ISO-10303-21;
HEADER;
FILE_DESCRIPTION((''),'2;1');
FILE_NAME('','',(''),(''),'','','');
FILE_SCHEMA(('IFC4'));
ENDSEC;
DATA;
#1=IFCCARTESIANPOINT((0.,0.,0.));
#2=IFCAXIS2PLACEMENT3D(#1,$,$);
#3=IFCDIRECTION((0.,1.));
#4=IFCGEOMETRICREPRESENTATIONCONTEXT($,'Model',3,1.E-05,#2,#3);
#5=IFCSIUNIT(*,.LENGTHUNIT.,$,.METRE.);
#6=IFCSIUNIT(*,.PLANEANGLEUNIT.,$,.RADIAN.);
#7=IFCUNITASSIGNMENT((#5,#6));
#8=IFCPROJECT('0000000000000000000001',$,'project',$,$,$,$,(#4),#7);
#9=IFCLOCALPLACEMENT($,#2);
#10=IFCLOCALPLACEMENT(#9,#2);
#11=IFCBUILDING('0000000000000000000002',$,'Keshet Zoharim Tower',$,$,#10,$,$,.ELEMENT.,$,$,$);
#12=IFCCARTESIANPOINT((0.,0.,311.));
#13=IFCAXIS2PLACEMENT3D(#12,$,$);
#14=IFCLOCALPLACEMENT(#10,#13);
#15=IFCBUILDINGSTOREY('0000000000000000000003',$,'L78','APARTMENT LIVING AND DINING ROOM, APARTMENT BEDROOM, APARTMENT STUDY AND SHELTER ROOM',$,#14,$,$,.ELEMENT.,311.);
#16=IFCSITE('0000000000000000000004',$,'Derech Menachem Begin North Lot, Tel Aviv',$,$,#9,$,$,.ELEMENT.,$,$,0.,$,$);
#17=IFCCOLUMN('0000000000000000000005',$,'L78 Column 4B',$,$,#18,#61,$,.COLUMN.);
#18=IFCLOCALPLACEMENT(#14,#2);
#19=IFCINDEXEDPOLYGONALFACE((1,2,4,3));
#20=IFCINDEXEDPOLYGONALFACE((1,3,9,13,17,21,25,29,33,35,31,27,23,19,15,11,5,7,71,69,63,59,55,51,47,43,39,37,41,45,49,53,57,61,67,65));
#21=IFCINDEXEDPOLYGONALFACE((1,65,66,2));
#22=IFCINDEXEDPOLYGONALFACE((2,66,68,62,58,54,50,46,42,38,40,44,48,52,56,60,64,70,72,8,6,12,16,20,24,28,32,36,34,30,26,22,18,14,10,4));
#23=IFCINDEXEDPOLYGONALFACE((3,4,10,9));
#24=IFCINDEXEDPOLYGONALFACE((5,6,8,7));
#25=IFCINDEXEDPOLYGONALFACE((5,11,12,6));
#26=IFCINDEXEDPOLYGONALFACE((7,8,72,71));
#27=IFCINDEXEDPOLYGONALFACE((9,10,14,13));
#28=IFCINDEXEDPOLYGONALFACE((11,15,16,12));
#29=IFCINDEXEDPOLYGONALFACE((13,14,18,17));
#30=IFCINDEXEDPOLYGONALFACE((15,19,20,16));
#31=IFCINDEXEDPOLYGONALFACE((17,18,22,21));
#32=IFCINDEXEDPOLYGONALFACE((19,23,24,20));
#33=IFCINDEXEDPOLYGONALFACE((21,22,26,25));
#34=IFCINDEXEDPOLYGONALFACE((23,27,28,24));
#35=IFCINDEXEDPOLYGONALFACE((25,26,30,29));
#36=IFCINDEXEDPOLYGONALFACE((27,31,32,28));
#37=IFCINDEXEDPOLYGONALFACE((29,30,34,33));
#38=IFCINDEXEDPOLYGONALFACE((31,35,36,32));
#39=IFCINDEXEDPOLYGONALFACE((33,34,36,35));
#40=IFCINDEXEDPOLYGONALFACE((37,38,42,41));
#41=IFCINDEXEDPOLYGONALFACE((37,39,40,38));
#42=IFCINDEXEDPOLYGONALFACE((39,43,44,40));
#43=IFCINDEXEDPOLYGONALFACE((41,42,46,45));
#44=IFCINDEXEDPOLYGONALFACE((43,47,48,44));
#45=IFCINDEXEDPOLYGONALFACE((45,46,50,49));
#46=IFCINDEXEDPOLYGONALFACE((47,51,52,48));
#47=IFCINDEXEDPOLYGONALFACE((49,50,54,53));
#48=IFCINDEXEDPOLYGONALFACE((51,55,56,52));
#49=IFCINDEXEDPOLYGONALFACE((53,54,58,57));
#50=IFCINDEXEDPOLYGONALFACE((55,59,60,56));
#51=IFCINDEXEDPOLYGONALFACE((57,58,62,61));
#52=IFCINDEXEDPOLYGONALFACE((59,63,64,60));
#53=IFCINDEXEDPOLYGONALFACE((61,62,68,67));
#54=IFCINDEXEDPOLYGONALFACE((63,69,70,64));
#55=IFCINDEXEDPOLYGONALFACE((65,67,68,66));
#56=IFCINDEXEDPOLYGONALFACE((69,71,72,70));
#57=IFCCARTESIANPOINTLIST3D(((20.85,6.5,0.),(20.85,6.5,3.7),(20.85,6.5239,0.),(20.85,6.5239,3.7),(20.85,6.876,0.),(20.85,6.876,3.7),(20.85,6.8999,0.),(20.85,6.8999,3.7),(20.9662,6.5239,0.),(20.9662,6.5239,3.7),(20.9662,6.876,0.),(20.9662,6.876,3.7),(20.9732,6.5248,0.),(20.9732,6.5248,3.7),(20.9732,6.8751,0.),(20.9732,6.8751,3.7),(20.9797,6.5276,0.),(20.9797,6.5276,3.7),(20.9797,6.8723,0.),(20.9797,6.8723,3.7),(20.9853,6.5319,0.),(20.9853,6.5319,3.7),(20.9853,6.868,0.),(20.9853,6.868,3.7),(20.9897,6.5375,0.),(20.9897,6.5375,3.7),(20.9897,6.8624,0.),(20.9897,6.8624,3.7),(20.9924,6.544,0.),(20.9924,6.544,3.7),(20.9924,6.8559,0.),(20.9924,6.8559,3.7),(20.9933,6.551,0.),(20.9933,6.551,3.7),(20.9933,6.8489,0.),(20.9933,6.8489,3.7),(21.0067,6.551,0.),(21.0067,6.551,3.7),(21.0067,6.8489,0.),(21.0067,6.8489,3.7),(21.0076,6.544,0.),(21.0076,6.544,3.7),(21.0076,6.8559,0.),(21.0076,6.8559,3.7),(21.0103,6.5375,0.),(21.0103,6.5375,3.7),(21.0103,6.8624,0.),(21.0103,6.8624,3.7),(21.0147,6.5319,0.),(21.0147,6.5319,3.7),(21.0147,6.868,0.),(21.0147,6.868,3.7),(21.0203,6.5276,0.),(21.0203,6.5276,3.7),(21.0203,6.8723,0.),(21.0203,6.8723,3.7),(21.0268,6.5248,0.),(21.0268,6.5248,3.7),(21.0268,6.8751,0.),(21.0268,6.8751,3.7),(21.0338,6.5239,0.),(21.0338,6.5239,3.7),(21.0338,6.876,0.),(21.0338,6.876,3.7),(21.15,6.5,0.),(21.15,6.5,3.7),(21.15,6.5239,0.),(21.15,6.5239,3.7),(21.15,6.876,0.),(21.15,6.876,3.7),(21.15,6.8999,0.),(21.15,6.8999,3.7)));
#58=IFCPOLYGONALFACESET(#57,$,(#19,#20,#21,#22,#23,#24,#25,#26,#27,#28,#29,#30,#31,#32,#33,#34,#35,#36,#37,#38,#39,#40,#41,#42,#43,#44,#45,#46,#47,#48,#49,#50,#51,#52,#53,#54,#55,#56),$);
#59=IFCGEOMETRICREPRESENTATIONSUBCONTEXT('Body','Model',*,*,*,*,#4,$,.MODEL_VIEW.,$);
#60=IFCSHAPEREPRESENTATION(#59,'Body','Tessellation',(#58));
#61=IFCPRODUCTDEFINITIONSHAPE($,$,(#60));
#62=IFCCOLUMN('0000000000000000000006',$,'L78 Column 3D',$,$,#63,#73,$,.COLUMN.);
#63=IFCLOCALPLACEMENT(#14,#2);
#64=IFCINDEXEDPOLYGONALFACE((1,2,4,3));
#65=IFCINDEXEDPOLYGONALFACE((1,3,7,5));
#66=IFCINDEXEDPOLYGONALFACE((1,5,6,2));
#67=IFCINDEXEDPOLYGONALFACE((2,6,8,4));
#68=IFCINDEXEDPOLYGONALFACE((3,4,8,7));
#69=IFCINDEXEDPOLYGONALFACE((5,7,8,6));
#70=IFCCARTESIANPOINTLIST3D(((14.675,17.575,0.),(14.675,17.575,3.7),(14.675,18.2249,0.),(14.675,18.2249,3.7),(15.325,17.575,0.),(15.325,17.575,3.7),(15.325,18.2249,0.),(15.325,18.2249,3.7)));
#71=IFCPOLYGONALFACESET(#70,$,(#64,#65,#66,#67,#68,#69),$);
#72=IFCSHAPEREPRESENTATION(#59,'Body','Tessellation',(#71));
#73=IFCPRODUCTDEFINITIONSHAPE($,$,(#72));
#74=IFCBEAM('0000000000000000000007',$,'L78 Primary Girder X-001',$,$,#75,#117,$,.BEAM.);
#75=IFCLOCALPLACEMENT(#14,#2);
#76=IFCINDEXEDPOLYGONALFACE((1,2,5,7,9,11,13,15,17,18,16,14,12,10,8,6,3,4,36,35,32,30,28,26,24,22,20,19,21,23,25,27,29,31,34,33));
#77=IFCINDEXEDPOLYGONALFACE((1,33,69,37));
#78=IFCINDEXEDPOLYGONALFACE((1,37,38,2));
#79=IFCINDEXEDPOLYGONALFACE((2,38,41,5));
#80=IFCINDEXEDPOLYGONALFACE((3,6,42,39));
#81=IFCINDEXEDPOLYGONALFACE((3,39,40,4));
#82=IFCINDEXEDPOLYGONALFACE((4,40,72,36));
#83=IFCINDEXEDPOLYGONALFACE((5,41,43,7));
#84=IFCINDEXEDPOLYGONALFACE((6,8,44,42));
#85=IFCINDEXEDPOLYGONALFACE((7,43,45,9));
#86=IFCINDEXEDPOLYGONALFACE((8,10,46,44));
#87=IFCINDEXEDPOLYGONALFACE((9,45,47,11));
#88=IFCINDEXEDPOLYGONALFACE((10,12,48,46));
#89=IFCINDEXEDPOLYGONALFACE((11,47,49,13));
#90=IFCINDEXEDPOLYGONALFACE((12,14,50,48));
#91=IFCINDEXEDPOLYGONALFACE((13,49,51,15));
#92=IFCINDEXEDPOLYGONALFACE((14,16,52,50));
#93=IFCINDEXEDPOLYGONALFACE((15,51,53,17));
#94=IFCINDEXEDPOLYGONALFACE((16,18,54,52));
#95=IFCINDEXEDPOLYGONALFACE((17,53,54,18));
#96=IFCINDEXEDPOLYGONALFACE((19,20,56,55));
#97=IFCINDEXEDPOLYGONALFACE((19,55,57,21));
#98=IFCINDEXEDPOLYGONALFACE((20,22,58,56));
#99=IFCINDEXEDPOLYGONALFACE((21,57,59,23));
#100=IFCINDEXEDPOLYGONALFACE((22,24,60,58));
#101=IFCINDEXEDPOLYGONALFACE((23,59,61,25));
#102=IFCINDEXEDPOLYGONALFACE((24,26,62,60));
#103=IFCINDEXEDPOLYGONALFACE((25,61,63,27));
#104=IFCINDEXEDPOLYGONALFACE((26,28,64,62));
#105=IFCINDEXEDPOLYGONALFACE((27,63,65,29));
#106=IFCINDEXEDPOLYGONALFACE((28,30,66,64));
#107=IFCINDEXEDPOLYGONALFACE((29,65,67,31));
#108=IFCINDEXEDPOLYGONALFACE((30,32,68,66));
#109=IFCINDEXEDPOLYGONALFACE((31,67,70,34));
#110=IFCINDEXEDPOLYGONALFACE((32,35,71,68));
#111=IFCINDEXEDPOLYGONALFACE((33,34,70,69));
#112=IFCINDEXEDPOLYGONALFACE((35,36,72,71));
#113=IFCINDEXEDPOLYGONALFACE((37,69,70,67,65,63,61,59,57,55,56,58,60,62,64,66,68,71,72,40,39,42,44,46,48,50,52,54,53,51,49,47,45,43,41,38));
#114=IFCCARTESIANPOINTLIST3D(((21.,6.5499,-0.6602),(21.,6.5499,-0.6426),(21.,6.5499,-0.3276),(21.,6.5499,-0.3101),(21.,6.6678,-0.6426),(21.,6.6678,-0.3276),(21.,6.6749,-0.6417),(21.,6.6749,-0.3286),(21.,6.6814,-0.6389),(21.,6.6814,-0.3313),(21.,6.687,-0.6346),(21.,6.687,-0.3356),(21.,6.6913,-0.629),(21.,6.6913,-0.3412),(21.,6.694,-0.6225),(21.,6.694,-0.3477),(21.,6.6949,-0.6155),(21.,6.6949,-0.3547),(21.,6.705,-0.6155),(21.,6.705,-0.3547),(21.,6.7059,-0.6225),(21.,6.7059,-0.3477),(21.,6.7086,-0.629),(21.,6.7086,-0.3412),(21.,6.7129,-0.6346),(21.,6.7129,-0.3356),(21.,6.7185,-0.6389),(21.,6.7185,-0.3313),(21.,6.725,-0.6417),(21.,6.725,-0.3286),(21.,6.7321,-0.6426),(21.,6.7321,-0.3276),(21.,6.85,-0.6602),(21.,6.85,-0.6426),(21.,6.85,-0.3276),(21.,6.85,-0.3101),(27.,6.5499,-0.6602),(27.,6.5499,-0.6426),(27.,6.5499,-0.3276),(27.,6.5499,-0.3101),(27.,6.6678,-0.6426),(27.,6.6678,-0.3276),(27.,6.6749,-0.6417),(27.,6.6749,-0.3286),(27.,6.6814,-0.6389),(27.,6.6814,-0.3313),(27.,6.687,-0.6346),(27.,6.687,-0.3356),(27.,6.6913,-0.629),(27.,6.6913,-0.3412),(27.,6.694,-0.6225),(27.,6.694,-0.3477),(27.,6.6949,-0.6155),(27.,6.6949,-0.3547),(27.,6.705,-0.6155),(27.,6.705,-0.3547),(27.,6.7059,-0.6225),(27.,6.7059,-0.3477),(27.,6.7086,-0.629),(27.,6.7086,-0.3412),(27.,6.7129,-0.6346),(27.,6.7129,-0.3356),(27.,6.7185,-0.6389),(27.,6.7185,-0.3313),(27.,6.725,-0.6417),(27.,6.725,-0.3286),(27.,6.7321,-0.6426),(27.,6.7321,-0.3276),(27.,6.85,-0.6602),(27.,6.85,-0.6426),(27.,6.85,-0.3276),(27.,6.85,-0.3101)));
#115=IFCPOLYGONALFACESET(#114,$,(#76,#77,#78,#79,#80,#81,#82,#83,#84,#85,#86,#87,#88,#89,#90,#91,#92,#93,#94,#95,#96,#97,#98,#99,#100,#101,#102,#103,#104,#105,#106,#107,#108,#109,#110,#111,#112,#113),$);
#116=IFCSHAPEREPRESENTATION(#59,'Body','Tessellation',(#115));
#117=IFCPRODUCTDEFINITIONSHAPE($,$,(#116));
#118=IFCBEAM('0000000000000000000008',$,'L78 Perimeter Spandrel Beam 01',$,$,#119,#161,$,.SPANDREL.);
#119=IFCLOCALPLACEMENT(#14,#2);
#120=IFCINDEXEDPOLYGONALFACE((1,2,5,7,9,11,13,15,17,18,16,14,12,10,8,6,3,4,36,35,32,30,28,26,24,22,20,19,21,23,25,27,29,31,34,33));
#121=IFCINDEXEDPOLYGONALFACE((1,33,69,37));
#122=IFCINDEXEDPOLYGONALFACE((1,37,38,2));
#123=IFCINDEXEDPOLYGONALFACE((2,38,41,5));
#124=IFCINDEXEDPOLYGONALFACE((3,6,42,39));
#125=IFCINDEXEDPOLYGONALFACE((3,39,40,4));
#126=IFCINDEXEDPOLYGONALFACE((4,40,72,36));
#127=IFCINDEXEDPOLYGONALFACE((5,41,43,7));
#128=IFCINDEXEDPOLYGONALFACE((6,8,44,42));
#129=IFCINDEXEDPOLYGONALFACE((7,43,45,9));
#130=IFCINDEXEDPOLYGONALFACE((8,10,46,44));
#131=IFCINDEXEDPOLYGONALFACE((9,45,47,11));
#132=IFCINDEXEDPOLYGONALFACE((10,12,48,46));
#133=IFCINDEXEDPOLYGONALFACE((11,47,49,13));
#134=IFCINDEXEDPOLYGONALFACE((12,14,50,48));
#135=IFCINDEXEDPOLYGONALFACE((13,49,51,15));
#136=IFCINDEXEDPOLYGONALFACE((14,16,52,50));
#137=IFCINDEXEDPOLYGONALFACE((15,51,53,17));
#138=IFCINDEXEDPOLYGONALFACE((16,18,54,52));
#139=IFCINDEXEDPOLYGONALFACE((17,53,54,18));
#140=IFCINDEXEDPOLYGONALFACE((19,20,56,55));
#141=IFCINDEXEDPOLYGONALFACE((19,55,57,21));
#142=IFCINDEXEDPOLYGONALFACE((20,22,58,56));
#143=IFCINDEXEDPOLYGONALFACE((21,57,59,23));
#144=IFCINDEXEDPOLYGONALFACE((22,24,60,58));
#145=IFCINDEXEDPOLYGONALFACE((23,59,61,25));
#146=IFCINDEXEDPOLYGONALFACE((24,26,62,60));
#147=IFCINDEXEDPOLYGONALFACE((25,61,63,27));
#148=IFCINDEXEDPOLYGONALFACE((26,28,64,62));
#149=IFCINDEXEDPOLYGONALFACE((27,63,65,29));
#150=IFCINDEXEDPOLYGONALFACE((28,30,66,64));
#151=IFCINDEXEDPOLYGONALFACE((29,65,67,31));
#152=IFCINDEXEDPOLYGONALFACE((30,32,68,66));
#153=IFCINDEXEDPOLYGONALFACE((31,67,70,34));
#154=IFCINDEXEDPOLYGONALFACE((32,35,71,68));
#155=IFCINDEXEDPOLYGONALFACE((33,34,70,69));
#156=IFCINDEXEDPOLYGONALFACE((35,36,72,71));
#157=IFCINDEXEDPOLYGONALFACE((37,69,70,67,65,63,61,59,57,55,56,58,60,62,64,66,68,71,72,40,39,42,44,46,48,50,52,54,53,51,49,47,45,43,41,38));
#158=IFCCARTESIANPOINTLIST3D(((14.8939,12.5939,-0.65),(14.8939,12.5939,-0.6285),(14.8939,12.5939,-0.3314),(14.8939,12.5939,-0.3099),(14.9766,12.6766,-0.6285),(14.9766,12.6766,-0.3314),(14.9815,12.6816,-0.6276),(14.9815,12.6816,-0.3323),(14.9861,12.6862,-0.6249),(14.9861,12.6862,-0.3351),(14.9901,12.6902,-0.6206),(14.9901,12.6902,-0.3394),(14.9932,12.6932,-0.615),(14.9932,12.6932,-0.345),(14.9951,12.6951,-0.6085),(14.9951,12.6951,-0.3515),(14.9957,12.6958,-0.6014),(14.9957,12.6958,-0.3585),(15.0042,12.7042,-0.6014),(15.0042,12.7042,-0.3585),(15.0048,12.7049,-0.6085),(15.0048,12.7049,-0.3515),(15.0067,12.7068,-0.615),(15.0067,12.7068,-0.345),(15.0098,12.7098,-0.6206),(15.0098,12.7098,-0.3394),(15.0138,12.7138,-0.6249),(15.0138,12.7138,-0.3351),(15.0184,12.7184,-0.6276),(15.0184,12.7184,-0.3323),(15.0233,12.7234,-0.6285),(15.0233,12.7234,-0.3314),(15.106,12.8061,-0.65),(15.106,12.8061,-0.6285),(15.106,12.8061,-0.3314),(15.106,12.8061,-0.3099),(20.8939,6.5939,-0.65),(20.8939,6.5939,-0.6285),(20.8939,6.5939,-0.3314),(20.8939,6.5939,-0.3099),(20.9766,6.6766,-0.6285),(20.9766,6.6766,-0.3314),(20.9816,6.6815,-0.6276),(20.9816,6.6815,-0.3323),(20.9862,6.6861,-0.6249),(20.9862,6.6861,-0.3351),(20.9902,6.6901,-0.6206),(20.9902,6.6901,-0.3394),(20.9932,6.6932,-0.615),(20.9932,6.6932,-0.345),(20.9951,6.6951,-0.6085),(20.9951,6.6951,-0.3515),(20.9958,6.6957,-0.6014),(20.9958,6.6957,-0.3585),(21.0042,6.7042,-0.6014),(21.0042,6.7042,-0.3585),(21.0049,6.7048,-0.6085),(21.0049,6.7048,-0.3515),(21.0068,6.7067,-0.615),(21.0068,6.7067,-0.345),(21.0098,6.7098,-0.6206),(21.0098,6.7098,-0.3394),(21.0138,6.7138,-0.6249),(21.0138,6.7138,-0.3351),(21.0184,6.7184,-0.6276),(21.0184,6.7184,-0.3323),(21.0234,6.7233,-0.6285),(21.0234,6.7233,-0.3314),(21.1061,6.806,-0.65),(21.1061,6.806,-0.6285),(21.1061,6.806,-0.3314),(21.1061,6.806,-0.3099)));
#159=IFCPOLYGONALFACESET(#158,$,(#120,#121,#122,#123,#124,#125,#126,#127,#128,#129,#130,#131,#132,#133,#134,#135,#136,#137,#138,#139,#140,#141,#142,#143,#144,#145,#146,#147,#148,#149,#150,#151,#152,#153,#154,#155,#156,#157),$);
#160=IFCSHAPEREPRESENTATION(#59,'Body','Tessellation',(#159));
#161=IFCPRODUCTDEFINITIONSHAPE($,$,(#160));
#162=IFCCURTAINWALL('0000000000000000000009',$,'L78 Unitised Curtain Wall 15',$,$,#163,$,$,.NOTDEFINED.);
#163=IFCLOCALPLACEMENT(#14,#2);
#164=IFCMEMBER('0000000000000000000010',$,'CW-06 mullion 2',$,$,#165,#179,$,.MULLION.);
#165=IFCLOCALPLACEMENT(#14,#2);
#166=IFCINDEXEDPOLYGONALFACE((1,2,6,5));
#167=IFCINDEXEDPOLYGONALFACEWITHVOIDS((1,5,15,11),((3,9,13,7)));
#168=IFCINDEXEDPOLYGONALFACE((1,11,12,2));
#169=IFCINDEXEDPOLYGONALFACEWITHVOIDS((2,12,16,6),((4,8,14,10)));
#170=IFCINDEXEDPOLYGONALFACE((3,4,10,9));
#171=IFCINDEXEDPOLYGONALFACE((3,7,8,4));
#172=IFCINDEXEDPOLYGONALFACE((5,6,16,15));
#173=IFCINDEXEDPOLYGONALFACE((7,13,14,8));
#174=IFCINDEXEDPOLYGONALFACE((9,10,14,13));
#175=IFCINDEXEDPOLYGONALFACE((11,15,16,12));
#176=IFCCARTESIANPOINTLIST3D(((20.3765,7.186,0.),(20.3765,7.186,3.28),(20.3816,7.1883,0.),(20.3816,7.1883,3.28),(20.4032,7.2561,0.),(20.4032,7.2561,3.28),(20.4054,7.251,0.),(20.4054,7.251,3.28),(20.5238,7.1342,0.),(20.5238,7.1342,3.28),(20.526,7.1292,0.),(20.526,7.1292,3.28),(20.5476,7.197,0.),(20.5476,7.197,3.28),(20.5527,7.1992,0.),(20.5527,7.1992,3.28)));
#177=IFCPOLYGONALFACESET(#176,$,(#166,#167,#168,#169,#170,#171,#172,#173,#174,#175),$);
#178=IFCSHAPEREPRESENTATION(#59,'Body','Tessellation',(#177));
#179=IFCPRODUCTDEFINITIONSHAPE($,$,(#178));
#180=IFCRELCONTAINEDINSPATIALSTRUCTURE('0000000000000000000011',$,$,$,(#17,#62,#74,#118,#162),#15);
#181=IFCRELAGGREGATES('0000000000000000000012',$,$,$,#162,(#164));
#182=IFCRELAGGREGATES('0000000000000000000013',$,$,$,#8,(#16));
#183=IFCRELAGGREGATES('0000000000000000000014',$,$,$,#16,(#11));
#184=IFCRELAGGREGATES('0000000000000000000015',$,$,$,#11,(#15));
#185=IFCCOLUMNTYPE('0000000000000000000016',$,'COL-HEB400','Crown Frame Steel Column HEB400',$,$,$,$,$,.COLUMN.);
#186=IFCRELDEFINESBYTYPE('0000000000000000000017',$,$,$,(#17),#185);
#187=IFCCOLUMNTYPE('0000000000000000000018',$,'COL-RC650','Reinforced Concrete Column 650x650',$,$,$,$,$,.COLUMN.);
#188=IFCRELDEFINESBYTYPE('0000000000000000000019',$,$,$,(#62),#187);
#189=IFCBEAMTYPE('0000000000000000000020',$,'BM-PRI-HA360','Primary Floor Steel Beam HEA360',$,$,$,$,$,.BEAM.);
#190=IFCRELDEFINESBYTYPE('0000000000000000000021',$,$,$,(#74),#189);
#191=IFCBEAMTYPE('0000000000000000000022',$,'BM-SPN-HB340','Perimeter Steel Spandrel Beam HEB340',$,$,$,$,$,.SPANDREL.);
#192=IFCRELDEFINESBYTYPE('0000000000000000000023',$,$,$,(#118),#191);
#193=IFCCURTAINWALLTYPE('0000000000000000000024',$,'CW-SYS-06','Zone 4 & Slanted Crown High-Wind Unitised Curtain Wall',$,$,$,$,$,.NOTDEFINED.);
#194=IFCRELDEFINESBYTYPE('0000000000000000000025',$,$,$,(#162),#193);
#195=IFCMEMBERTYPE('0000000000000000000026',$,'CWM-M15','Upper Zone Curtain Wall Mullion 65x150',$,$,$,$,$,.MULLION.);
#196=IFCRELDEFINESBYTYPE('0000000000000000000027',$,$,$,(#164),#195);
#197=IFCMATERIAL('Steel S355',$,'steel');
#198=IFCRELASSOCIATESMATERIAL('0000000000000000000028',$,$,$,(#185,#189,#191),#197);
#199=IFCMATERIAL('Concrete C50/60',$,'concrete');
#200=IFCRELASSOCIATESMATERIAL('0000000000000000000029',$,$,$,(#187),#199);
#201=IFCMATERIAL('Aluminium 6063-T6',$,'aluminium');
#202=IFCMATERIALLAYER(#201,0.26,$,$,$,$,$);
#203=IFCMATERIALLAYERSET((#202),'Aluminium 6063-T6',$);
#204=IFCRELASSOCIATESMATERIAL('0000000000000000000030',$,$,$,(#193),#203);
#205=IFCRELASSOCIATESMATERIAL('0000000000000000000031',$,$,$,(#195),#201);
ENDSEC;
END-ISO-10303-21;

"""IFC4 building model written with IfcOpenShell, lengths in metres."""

from ifc_helpers import new_model, si_unit, direction, frame, origin, origin_2d, place, context, subcontext, project, spatial, rectangle, hollow_rectangle, i_section, extrude, material, layer, layer_set, material_profile, profile_set, type_object, element, aggregate, save


model = new_model("IFC4")

# Units and contexts
model_context = context("Model", 3, precision=1e-05, world=origin(), true_north=direction((0.0, 1.0)))
body_context = subcontext(model_context, "Body", "Model", "MODEL_VIEW")
ifc_project = project(units=[si_unit("LENGTHUNIT", "METRE"), si_unit("PLANEANGLEUNIT", "RADIAN")], contexts=[model_context])

# Site, building, storey
site_placement = place(None, origin())
site = spatial("IfcSite", under=ifc_project, at=site_placement, Name="Derech Menachem Begin North Lot, Tel Aviv", CompositionType="ELEMENT", RefElevation=0.0)
building_placement = place(site_placement, origin())
building = spatial("IfcBuilding", under=site, at=building_placement, Name="Keshet Zoharim Tower", CompositionType="ELEMENT")
storey_placement = place(building_placement, frame((0.0, 0.0, 311.0)))
storey = spatial("IfcBuildingStorey", under=building, at=storey_placement, Name="L78", Description="APARTMENT LIVING AND DINING ROOM, APARTMENT BEDROOM, APARTMENT STUDY AND SHELTER ROOM", CompositionType="ELEMENT", Elevation=311.0)

# Columns
ifc_material_1 = material(Name="Steel S355", Category="steel")
ifc_material_profile_1 = material_profile(ifc_material_1, i_section(OverallWidth=0.3, OverallDepth=0.3999, WebThickness=0.0134, FlangeThickness=0.0239, FilletRadius=0.0271, at=origin_2d()), Name="HEB400")
ifc_profile_set_1 = profile_set([ifc_material_profile_1], Name="Steel S355")
column_type_1 = type_object("IfcColumnType", Name="COL-HEB400", Description="Crown Frame Steel Column HEB400", PredefinedType="COLUMN", material=ifc_profile_set_1)
column_1_placement = place(storey_placement, frame((21.0, 6.7, 0.0), z_axis=(0.0, 0.0, 1.0), x_axis=(1.0, 0.0, 0.0)))
element("IfcColumn", 1, at=column_1_placement, inside=storey, type_object=column_type_1, Name="L78 Column 4B", PredefinedType="COLUMN", context=body_context, shape_type="SweptSolid", body=[
    extrude(i_section(OverallWidth=0.3, OverallDepth=0.3999, WebThickness=0.0134, FlangeThickness=0.0239, FilletRadius=0.0271, at=origin_2d()), origin(), (0.0, 0.0, 1.0), 3.7),
])
ifc_material_2 = material(Name="Concrete C50/60", Category="concrete")
ifc_material_profile_2 = material_profile(ifc_material_2, rectangle(XDim=0.6499, YDim=0.6499, at=origin_2d()), Name="RC650x650")
ifc_profile_set_2 = profile_set([ifc_material_profile_2], Name="Concrete C50/60")
column_type_2 = type_object("IfcColumnType", Name="COL-RC650", Description="Reinforced Concrete Column 650x650", PredefinedType="COLUMN", material=ifc_profile_set_2)
column_2_placement = place(storey_placement, frame((15.0, 17.8999, 0.0), z_axis=(0.0, 0.0, 1.0), x_axis=(1.0, 0.0, 0.0)))
element("IfcColumn", 2, at=column_2_placement, inside=storey, type_object=column_type_2, Name="L78 Column 3D", PredefinedType="COLUMN", context=body_context, shape_type="SweptSolid", body=[
    extrude(rectangle(XDim=0.6499, YDim=0.6499, at=origin_2d()), origin(), (0.0, 0.0, 1.0), 3.7),
])

# Beams
ifc_material_profile_3 = material_profile(ifc_material_1, i_section(OverallWidth=0.3, OverallDepth=0.3501, WebThickness=0.01, FlangeThickness=0.0176, FilletRadius=0.0271, at=origin_2d()), Name="HEA360")
ifc_profile_set_3 = profile_set([ifc_material_profile_3], Name="Steel S355")
beam_type_1 = type_object("IfcBeamType", Name="BM-PRI-HA360", Description="Primary Floor Steel Beam HEA360", PredefinedType="BEAM", material=ifc_profile_set_3)
beam_1_placement = place(storey_placement, frame((21.0, 6.7, -0.4851), z_axis=(1.0, 0.0, 0.0), x_axis=(0.0, 1.0, 0.0)))
element("IfcBeam", 3, at=beam_1_placement, inside=storey, type_object=beam_type_1, Name="L78 Primary Girder X-001", PredefinedType="BEAM", context=body_context, shape_type="SweptSolid", body=[
    extrude(i_section(OverallWidth=0.3, OverallDepth=0.3501, WebThickness=0.01, FlangeThickness=0.0176, FilletRadius=0.0271, at=origin_2d()), origin(), (0.0, 0.0, 1.0), 6.0),
])
ifc_material_profile_4 = material_profile(ifc_material_1, i_section(OverallWidth=0.3, OverallDepth=0.3401, WebThickness=0.012, FlangeThickness=0.0215, FilletRadius=0.0271, at=origin_2d()), Name="HEB340")
ifc_profile_set_4 = profile_set([ifc_material_profile_4], Name="Steel S355")
beam_type_2 = type_object("IfcBeamType", Name="BM-SPN-HB340", Description="Perimeter Steel Spandrel Beam HEB340", PredefinedType="SPANDREL", material=ifc_profile_set_4)
beam_2_placement = place(storey_placement, frame((21.0, 6.7, -0.48), z_axis=(-0.707107, 0.707107, 0.0), x_axis=(-0.707107, -0.707107, 0.0)))
element("IfcBeam", 4, at=beam_2_placement, inside=storey, type_object=beam_type_2, Name="L78 Perimeter Spandrel Beam 01", PredefinedType="SPANDREL", context=body_context, shape_type="SweptSolid", body=[
    extrude(i_section(OverallWidth=0.3, OverallDepth=0.3401, WebThickness=0.012, FlangeThickness=0.0215, FilletRadius=0.0271, at=origin_2d()), origin(), (0.0, 0.0, 1.0), 8.4854),
])

# Curtain wall, member
ifc_material_3 = material(Name="Aluminium 6063-T6", Category="aluminium")
ifc_layer_1 = layer(ifc_material_3, 0.26)
ifc_layer_set_1 = layer_set([ifc_layer_1], Name="Aluminium 6063-T6")
curtain_wall_type = type_object("IfcCurtainWallType", Name="CW-SYS-06", Description="Zone 4 & Slanted Crown High-Wind Unitised Curtain Wall", PredefinedType="NOTDEFINED", material=ifc_layer_set_1)
curtain_wall_1_placement = place(storey_placement, origin())
curtain_wall_1 = element("IfcCurtainWall", 5, at=curtain_wall_1_placement, inside=storey, type_object=curtain_wall_type, Name="L78 Unitised Curtain Wall 15", PredefinedType="NOTDEFINED")
ifc_material_profile_5 = material_profile(ifc_material_3, hollow_rectangle(XDim=0.075, YDim=0.1599, WallThickness=0.0039, at=origin_2d()), Name="MUL-75x160")
ifc_profile_set_5 = profile_set([ifc_material_profile_5], Name="Aluminium 6063-T6")
member_type_1 = type_object("IfcMemberType", Name="CWM-M15", Description="Upper Zone Curtain Wall Mullion 65x150", PredefinedType="MULLION", material=ifc_profile_set_5)
member_1_placement = place(storey_placement, frame((20.4646, 7.1926, 0.0), z_axis=(0.0, 0.0, 1.0), x_axis=(-0.355439, -0.934699, 0.0)))
member_1 = element("IfcMember", 6, at=member_1_placement, type_object=member_type_1, Name="CW-06 mullion 2", PredefinedType="MULLION", context=body_context, shape_type="SweptSolid", body=[
    extrude(hollow_rectangle(XDim=0.075, YDim=0.1599, WallThickness=0.0039, at=origin_2d()), origin(), (0.0, 0.0, 1.0), 3.28),
])

aggregate(curtain_wall_1, [member_1])

save(model, "model.ifc")
